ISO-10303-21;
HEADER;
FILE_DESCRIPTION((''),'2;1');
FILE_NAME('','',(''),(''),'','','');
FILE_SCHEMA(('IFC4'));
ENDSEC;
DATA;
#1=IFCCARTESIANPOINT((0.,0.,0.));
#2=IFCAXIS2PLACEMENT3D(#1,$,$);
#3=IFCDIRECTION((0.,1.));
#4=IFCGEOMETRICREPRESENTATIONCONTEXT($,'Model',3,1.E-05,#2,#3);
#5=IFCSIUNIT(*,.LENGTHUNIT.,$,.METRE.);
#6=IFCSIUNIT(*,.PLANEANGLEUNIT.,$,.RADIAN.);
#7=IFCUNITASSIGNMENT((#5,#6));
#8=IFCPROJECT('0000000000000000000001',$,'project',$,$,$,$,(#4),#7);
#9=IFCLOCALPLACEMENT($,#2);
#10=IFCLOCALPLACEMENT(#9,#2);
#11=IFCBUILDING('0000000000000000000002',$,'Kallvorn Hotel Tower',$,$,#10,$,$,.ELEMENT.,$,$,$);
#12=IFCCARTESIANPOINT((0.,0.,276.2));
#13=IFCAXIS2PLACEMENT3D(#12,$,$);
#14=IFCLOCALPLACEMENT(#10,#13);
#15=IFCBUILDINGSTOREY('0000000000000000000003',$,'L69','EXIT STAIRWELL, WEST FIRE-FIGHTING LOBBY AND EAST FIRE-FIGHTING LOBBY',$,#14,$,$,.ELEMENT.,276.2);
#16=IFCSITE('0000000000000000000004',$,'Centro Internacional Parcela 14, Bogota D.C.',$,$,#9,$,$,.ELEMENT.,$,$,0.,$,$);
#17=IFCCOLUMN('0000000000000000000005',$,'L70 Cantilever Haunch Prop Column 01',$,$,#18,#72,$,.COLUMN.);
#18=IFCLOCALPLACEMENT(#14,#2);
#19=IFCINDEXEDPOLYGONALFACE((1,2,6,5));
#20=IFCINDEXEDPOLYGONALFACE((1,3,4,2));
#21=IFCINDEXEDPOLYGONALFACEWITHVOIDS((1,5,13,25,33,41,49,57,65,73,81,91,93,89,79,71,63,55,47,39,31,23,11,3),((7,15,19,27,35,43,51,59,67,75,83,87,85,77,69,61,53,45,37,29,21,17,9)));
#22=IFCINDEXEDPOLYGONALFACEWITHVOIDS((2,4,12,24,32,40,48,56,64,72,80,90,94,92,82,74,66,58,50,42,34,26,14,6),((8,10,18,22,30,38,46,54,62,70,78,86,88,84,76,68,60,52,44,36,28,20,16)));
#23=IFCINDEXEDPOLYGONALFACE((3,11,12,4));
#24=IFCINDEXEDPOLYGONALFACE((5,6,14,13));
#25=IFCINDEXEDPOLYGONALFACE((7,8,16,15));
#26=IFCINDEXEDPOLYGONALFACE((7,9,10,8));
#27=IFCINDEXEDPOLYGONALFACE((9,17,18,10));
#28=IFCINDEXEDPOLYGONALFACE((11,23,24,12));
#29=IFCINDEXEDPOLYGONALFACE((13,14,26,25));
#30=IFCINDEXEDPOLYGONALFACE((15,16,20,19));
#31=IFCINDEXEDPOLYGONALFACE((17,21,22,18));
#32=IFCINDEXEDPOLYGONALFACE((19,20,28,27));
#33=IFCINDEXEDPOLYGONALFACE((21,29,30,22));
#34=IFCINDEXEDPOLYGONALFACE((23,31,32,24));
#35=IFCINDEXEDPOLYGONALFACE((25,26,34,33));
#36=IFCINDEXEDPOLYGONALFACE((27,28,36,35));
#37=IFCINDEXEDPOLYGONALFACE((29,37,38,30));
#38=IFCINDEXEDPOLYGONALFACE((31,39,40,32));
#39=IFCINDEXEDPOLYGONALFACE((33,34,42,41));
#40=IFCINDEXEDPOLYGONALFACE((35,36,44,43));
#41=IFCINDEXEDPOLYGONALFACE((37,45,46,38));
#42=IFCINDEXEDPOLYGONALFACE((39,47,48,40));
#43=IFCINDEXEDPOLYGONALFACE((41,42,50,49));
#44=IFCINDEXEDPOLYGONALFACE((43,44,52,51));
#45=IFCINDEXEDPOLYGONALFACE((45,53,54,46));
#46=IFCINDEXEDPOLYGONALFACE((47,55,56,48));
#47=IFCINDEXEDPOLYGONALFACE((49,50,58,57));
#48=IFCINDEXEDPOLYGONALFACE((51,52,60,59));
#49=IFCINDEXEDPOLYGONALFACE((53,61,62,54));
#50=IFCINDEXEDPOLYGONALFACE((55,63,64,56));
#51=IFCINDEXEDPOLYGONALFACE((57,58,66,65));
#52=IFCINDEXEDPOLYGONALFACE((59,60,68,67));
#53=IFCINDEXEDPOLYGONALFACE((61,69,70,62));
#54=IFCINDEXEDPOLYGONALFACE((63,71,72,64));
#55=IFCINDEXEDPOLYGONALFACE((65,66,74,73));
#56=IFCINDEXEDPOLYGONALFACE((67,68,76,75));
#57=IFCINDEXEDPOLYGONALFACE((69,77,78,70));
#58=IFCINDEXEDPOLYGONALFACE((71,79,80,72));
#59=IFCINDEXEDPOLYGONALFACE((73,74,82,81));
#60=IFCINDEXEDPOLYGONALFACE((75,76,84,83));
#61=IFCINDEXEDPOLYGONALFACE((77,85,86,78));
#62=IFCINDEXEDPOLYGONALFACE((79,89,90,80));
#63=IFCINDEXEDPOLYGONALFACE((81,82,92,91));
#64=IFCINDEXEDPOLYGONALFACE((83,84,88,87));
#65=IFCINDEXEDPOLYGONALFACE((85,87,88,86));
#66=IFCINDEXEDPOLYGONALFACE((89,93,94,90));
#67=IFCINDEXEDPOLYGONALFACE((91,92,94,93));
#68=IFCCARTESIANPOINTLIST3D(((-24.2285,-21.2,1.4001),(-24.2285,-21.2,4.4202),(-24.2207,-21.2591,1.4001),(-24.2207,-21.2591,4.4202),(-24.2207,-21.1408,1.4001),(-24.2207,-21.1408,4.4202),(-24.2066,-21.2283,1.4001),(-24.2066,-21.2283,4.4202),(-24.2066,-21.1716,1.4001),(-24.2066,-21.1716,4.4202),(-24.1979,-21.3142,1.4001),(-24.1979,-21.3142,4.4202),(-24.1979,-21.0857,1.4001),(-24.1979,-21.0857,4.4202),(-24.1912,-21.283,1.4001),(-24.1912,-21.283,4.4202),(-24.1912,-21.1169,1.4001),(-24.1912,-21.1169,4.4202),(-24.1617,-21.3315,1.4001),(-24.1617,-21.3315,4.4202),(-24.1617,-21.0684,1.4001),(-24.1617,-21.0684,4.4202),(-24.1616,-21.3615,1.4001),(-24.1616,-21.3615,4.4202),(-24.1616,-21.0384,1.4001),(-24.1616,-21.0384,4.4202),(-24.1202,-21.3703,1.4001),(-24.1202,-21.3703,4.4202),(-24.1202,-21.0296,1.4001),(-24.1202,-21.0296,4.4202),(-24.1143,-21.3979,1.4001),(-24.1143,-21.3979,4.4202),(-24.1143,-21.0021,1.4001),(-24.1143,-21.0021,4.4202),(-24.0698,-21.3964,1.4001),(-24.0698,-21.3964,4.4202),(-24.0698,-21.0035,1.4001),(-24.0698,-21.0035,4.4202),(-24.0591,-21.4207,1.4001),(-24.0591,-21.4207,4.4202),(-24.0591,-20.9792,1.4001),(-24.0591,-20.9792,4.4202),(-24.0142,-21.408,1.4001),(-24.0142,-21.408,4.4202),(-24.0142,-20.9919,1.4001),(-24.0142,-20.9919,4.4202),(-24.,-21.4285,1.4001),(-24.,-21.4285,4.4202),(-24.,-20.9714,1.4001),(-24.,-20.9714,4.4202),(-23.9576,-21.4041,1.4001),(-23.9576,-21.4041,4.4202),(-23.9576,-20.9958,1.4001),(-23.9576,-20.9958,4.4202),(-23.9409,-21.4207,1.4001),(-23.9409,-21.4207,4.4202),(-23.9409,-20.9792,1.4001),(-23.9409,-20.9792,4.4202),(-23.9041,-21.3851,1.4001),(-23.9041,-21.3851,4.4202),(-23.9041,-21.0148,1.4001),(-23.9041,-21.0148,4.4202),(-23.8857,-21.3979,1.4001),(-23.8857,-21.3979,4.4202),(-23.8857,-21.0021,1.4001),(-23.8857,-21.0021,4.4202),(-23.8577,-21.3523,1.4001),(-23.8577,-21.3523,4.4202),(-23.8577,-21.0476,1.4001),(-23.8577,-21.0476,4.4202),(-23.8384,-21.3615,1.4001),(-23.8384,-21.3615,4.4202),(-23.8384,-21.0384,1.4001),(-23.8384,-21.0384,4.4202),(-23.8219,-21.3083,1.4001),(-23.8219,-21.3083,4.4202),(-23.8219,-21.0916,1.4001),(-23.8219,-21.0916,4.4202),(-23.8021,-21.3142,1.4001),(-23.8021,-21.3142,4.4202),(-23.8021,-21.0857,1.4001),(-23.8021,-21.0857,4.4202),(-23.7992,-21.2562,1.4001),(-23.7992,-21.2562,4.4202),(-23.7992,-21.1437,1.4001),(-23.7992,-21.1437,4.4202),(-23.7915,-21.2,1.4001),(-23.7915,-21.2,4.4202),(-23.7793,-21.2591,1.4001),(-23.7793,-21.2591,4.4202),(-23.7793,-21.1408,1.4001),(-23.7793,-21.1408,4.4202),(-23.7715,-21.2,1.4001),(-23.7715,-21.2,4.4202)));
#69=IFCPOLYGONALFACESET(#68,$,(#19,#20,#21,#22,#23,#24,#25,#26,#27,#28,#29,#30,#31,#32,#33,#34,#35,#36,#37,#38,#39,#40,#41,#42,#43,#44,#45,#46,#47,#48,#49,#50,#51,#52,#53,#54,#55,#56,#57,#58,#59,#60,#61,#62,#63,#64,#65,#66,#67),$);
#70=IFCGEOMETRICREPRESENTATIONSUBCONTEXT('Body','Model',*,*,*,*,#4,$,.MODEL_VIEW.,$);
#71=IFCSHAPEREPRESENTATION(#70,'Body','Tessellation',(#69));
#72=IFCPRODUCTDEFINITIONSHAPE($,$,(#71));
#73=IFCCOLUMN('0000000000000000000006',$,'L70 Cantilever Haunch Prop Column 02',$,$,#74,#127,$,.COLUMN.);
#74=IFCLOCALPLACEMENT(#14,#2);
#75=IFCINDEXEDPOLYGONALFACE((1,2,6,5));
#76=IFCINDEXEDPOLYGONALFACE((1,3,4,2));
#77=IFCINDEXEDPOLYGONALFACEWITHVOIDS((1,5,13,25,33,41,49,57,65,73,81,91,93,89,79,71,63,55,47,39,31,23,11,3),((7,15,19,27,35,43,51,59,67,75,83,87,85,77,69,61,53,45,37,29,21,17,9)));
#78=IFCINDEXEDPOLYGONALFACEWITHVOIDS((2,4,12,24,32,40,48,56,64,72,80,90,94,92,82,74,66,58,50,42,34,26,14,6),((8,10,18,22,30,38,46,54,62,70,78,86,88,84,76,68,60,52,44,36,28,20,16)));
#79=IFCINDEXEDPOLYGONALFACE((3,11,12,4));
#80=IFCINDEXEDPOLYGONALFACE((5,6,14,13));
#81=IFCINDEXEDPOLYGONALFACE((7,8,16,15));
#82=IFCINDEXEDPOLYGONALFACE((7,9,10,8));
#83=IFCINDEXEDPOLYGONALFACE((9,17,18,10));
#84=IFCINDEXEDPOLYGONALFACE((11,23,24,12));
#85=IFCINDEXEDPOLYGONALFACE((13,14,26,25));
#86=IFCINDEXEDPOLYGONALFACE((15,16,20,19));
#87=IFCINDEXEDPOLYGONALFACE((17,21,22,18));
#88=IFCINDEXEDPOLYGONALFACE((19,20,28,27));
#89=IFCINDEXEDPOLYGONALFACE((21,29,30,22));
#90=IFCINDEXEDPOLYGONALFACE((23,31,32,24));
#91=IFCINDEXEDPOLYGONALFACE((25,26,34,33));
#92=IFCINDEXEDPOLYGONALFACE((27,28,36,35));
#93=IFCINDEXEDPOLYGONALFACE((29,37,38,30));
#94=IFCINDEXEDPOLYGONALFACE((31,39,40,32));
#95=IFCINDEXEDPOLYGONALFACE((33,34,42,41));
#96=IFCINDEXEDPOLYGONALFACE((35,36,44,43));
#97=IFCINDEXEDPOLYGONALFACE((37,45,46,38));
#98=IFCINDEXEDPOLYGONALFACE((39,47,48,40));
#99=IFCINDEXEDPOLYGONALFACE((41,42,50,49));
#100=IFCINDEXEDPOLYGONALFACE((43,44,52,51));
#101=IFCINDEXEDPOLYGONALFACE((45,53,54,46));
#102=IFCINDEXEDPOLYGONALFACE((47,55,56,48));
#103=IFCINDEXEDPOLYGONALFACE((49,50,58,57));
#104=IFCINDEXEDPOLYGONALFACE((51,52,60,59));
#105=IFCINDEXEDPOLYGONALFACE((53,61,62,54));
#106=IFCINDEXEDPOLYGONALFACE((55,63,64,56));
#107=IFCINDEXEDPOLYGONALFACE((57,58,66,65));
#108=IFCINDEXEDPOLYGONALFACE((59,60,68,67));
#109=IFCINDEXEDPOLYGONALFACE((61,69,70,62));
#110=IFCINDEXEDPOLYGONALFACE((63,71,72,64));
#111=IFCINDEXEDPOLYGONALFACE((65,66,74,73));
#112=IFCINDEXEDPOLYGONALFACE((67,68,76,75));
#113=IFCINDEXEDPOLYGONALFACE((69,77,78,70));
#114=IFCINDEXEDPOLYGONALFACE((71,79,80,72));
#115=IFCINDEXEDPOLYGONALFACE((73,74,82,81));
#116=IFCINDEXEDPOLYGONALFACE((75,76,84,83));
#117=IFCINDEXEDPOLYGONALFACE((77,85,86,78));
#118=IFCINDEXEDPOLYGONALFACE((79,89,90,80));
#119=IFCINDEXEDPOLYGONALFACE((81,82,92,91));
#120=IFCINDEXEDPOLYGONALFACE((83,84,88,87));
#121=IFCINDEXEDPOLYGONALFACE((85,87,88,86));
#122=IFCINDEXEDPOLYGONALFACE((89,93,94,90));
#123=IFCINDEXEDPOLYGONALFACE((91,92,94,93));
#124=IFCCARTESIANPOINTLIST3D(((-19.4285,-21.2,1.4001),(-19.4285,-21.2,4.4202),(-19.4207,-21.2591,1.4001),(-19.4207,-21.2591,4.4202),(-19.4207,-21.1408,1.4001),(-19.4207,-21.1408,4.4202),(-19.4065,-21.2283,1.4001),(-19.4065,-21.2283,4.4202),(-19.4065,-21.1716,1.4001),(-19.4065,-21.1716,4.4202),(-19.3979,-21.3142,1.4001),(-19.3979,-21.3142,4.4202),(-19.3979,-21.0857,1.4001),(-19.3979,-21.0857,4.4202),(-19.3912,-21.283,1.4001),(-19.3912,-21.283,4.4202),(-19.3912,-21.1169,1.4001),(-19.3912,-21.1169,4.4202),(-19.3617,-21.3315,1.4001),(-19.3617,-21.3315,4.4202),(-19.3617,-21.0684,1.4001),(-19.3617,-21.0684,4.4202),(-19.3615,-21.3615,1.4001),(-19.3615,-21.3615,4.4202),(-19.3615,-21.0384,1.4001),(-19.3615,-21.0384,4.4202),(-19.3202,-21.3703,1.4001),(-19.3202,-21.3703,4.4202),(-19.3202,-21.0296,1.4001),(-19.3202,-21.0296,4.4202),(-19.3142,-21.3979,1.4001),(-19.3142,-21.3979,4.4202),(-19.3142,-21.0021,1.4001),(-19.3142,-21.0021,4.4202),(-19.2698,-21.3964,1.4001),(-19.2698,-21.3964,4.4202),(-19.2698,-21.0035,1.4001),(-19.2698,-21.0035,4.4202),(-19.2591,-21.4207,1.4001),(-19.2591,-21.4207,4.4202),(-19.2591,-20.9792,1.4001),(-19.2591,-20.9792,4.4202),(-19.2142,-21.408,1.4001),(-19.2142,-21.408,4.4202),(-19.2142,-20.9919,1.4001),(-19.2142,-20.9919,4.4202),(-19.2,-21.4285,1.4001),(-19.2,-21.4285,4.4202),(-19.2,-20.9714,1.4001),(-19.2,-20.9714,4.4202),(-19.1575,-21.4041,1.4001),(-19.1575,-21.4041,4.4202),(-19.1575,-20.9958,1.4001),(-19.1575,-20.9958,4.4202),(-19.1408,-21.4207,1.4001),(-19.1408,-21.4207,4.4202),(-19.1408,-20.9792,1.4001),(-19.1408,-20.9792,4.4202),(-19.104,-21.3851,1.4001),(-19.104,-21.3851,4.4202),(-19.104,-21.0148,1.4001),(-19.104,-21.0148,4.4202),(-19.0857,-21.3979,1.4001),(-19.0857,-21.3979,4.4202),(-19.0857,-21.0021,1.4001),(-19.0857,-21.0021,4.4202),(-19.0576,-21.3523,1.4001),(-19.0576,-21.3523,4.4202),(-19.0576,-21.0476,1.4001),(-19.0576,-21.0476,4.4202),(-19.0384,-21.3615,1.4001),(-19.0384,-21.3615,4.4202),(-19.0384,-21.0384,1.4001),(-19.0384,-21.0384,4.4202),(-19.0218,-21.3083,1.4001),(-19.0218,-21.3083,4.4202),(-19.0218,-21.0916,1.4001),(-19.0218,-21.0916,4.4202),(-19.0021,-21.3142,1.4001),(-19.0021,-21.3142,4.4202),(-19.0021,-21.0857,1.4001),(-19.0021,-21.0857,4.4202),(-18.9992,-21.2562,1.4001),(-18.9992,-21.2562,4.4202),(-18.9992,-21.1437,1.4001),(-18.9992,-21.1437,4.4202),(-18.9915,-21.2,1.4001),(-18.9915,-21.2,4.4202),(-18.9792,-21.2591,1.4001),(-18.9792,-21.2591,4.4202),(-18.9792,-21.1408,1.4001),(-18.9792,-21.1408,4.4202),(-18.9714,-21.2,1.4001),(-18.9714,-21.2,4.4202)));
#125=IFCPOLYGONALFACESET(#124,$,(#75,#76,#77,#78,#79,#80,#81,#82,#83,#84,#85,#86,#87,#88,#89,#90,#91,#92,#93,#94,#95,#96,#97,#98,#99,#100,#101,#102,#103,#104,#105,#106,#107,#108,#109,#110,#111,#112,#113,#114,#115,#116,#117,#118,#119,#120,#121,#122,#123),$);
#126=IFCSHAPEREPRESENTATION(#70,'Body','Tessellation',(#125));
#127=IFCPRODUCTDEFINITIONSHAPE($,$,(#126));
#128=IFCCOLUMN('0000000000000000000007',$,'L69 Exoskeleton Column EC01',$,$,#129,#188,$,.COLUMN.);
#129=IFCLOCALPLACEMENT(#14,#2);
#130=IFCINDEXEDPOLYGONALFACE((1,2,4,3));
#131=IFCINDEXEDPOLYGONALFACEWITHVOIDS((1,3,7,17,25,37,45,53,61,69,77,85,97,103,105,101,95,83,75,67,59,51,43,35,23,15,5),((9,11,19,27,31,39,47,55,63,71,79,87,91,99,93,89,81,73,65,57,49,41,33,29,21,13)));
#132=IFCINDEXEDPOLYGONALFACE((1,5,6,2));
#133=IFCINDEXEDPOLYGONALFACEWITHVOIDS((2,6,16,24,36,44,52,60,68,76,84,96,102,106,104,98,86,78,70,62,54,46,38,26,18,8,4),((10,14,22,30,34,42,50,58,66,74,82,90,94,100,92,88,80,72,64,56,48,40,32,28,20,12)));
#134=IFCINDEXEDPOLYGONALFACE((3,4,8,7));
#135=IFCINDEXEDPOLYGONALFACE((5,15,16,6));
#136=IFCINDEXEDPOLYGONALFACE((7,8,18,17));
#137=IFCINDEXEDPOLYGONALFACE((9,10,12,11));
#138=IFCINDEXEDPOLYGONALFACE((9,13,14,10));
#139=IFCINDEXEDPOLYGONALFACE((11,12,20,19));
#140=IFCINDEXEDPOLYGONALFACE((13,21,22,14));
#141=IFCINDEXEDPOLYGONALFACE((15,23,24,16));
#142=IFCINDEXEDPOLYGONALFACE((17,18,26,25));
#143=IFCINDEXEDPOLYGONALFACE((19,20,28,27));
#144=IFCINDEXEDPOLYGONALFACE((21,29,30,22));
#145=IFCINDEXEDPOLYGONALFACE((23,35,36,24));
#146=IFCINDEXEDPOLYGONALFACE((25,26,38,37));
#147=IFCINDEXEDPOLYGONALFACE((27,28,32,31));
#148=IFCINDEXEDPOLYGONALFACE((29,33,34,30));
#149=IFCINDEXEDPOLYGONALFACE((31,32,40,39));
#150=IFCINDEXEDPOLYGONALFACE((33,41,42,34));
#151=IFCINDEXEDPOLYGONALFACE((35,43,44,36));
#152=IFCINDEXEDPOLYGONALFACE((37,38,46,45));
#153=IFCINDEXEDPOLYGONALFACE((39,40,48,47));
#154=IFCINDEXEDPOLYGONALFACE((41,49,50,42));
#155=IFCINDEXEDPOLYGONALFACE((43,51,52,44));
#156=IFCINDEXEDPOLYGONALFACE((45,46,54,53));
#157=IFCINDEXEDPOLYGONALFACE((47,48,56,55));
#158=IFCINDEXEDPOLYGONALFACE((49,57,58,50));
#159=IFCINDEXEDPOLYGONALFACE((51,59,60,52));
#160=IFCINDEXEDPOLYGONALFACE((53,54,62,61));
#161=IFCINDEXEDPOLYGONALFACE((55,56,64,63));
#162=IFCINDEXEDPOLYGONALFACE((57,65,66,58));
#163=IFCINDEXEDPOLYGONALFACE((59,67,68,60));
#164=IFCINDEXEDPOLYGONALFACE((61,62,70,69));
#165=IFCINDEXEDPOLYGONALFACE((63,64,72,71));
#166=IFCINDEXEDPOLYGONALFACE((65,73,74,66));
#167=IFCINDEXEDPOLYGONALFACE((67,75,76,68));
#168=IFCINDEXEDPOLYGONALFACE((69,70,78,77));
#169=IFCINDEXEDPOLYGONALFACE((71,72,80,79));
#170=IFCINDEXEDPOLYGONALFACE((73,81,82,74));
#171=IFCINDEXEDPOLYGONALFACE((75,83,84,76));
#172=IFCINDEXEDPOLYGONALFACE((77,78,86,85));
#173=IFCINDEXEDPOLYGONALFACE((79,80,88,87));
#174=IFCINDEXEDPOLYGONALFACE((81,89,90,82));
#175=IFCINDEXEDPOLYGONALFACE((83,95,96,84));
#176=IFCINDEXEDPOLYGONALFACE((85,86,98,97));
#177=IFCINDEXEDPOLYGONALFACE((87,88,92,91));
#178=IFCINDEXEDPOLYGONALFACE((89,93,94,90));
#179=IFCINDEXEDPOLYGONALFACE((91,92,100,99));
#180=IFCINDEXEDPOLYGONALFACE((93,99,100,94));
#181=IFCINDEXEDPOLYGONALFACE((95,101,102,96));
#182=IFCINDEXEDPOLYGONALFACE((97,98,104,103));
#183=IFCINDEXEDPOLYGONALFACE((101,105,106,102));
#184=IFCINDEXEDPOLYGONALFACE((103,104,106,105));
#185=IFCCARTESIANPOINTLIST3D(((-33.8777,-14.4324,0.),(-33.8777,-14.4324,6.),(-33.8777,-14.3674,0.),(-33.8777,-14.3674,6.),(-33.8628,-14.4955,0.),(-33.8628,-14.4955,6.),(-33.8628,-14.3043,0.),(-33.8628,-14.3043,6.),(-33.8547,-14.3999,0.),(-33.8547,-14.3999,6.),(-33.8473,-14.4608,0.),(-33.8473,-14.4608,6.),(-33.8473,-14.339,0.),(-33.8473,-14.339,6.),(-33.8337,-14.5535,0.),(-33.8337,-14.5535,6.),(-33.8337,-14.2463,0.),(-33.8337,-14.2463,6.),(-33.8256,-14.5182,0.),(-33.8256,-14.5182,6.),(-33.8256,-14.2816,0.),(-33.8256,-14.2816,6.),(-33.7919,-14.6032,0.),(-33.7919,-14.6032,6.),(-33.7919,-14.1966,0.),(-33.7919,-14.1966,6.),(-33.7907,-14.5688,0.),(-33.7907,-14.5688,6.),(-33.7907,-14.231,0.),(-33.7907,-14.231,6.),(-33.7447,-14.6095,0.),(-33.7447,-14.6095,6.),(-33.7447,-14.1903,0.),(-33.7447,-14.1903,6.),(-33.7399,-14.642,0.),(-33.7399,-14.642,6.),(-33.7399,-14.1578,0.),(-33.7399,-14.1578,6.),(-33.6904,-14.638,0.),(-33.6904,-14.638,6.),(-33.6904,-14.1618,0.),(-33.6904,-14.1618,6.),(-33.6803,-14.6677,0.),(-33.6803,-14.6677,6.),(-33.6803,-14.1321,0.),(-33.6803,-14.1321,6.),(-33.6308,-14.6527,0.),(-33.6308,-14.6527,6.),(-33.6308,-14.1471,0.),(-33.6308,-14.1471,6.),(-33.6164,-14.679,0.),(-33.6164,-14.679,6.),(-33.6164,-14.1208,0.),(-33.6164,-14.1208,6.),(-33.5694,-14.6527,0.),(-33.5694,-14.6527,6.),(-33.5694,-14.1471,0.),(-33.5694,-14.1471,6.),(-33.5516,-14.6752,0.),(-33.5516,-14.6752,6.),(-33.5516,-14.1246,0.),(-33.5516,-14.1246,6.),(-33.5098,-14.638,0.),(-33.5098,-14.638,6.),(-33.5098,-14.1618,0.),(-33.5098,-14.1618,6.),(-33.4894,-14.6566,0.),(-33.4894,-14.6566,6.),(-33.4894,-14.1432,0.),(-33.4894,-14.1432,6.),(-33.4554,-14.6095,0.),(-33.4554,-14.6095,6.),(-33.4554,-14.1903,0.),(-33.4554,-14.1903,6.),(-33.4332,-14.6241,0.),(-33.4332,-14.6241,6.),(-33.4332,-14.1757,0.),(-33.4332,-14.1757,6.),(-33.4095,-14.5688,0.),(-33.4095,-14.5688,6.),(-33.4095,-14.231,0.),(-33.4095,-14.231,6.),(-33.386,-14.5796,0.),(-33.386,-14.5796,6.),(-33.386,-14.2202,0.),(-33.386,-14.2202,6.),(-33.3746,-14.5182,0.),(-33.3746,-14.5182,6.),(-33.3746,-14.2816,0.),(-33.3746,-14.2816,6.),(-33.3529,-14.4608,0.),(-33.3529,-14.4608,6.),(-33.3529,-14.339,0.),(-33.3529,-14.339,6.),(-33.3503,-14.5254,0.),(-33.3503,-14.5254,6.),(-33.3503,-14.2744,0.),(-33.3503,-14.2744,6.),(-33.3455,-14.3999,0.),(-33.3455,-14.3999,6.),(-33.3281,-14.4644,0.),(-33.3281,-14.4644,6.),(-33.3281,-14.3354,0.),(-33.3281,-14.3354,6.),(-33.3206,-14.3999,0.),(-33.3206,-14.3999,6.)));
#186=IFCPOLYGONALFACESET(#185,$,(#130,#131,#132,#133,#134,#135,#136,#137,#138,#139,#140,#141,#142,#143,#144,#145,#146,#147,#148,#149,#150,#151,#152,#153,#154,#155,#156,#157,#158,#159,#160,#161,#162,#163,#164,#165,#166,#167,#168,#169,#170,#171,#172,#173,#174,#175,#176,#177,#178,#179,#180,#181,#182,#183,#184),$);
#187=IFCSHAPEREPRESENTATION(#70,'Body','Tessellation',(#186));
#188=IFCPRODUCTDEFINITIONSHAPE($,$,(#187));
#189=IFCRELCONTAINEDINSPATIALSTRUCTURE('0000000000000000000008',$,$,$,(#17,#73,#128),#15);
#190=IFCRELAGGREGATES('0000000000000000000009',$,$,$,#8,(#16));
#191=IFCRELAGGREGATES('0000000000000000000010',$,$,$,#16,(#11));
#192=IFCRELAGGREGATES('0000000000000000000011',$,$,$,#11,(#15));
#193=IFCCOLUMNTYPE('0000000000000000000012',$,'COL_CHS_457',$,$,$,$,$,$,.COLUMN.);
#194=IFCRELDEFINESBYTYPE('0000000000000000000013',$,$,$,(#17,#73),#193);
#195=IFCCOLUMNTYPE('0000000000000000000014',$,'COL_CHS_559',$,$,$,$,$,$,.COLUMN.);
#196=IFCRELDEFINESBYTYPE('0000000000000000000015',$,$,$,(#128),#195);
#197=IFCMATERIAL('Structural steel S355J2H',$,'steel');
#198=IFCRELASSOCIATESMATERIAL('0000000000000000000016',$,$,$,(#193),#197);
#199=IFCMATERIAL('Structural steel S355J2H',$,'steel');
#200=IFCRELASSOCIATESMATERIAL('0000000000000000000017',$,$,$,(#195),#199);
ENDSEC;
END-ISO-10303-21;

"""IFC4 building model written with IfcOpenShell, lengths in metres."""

from ifc_helpers import new_model, si_unit, direction, frame, origin, origin_2d, place, context, subcontext, project, spatial, hollow_circle, extrude, material, material_profile, profile_set, type_object, element, save


model = new_model("IFC4")

# Units and contexts
model_context = context("Model", 3, precision=1e-05, world=origin(), true_north=direction((0.0, 1.0)))
body_context = subcontext(model_context, "Body", "Model", "MODEL_VIEW")
ifc_project = project(units=[si_unit("LENGTHUNIT", "METRE"), si_unit("PLANEANGLEUNIT", "RADIAN")], contexts=[model_context])

# Site, building, storey
site_placement = place(None, origin())
site = spatial("IfcSite", under=ifc_project, at=site_placement, Name="Centro Internacional Parcela 14, Bogota D.C.", CompositionType="ELEMENT", RefElevation=0.0)
building_placement = place(site_placement, origin())
building = spatial("IfcBuilding", under=site, at=building_placement, Name="Kallvorn Hotel Tower", CompositionType="ELEMENT")
storey_placement = place(building_placement, frame((0.0, 0.0, 276.2)))
storey = spatial("IfcBuildingStorey", under=building, at=storey_placement, Name="L69", Description="EXIT STAIRWELL, WEST FIRE-FIGHTING LOBBY AND EAST FIRE-FIGHTING LOBBY", CompositionType="ELEMENT", Elevation=276.2)

# Columns
ifc_material_1 = material(Name="Structural steel S355J2H", Category="steel")
ifc_material_profile_1 = material_profile(ifc_material_1, hollow_circle(Radius=0.2285, WallThickness=0.02, at=origin_2d()), Name="CHS 457x20")
ifc_profile_set_1 = profile_set([ifc_material_profile_1], Name="Structural steel S355J2H")
column_type_1 = type_object("IfcColumnType", Name="COL_CHS_457", PredefinedType="COLUMN", material=ifc_profile_set_1)
for number, where, z_axis, x_axis, name in (
    (1, (-24.0, -21.2, 1.4001), (0.0, 0.0, 1.0), (1.0, 0.0, 0.0), "L70 Cantilever Haunch Prop Column 01"),
    (2, (-19.2, -21.2, 1.4001), (0.0, 0.0, 1.0), (1.0, 0.0, 0.0), "L70 Cantilever Haunch Prop Column 02"),
):
    element("IfcColumn", number, at=place(storey_placement, frame(where, z_axis=z_axis, x_axis=x_axis)), inside=storey, type_object=column_type_1, Name=name, PredefinedType="COLUMN", context=body_context, shape_type="SweptSolid", body=[
        extrude(hollow_circle(Radius=0.2285, WallThickness=0.02, at=origin_2d()), origin(), (0.0, 0.0, 1.0), 3.02),
    ])
ifc_material_2 = material(Name="Structural steel S355J2H", Category="steel")
ifc_material_profile_2 = material_profile(ifc_material_2, hollow_circle(Radius=0.2795, WallThickness=0.0249, at=origin_2d()), Name="CHS 559x25")
ifc_profile_set_2 = profile_set([ifc_material_profile_2], Name="Structural steel S355J2H")
column_type_2 = type_object("IfcColumnType", Name="COL_CHS_559", PredefinedType="COLUMN", material=ifc_profile_set_2)
for number, where, z_axis, x_axis, name in (
    (3, (-33.6001, -14.3999, 0.0), (0.0, 0.0, 1.0), (1.0, 0.0, 0.0), "L69 Exoskeleton Column EC01"),
):
    element("IfcColumn", number, at=place(storey_placement, frame(where, z_axis=z_axis, x_axis=x_axis)), inside=storey, type_object=column_type_2, Name=name, PredefinedType="COLUMN", context=body_context, shape_type="SweptSolid", body=[
        extrude(hollow_circle(Radius=0.2795, WallThickness=0.0249, at=origin_2d()), origin(), (0.0, 0.0, 1.0), 6.0),
    ])

save(model, "model.ifc")
